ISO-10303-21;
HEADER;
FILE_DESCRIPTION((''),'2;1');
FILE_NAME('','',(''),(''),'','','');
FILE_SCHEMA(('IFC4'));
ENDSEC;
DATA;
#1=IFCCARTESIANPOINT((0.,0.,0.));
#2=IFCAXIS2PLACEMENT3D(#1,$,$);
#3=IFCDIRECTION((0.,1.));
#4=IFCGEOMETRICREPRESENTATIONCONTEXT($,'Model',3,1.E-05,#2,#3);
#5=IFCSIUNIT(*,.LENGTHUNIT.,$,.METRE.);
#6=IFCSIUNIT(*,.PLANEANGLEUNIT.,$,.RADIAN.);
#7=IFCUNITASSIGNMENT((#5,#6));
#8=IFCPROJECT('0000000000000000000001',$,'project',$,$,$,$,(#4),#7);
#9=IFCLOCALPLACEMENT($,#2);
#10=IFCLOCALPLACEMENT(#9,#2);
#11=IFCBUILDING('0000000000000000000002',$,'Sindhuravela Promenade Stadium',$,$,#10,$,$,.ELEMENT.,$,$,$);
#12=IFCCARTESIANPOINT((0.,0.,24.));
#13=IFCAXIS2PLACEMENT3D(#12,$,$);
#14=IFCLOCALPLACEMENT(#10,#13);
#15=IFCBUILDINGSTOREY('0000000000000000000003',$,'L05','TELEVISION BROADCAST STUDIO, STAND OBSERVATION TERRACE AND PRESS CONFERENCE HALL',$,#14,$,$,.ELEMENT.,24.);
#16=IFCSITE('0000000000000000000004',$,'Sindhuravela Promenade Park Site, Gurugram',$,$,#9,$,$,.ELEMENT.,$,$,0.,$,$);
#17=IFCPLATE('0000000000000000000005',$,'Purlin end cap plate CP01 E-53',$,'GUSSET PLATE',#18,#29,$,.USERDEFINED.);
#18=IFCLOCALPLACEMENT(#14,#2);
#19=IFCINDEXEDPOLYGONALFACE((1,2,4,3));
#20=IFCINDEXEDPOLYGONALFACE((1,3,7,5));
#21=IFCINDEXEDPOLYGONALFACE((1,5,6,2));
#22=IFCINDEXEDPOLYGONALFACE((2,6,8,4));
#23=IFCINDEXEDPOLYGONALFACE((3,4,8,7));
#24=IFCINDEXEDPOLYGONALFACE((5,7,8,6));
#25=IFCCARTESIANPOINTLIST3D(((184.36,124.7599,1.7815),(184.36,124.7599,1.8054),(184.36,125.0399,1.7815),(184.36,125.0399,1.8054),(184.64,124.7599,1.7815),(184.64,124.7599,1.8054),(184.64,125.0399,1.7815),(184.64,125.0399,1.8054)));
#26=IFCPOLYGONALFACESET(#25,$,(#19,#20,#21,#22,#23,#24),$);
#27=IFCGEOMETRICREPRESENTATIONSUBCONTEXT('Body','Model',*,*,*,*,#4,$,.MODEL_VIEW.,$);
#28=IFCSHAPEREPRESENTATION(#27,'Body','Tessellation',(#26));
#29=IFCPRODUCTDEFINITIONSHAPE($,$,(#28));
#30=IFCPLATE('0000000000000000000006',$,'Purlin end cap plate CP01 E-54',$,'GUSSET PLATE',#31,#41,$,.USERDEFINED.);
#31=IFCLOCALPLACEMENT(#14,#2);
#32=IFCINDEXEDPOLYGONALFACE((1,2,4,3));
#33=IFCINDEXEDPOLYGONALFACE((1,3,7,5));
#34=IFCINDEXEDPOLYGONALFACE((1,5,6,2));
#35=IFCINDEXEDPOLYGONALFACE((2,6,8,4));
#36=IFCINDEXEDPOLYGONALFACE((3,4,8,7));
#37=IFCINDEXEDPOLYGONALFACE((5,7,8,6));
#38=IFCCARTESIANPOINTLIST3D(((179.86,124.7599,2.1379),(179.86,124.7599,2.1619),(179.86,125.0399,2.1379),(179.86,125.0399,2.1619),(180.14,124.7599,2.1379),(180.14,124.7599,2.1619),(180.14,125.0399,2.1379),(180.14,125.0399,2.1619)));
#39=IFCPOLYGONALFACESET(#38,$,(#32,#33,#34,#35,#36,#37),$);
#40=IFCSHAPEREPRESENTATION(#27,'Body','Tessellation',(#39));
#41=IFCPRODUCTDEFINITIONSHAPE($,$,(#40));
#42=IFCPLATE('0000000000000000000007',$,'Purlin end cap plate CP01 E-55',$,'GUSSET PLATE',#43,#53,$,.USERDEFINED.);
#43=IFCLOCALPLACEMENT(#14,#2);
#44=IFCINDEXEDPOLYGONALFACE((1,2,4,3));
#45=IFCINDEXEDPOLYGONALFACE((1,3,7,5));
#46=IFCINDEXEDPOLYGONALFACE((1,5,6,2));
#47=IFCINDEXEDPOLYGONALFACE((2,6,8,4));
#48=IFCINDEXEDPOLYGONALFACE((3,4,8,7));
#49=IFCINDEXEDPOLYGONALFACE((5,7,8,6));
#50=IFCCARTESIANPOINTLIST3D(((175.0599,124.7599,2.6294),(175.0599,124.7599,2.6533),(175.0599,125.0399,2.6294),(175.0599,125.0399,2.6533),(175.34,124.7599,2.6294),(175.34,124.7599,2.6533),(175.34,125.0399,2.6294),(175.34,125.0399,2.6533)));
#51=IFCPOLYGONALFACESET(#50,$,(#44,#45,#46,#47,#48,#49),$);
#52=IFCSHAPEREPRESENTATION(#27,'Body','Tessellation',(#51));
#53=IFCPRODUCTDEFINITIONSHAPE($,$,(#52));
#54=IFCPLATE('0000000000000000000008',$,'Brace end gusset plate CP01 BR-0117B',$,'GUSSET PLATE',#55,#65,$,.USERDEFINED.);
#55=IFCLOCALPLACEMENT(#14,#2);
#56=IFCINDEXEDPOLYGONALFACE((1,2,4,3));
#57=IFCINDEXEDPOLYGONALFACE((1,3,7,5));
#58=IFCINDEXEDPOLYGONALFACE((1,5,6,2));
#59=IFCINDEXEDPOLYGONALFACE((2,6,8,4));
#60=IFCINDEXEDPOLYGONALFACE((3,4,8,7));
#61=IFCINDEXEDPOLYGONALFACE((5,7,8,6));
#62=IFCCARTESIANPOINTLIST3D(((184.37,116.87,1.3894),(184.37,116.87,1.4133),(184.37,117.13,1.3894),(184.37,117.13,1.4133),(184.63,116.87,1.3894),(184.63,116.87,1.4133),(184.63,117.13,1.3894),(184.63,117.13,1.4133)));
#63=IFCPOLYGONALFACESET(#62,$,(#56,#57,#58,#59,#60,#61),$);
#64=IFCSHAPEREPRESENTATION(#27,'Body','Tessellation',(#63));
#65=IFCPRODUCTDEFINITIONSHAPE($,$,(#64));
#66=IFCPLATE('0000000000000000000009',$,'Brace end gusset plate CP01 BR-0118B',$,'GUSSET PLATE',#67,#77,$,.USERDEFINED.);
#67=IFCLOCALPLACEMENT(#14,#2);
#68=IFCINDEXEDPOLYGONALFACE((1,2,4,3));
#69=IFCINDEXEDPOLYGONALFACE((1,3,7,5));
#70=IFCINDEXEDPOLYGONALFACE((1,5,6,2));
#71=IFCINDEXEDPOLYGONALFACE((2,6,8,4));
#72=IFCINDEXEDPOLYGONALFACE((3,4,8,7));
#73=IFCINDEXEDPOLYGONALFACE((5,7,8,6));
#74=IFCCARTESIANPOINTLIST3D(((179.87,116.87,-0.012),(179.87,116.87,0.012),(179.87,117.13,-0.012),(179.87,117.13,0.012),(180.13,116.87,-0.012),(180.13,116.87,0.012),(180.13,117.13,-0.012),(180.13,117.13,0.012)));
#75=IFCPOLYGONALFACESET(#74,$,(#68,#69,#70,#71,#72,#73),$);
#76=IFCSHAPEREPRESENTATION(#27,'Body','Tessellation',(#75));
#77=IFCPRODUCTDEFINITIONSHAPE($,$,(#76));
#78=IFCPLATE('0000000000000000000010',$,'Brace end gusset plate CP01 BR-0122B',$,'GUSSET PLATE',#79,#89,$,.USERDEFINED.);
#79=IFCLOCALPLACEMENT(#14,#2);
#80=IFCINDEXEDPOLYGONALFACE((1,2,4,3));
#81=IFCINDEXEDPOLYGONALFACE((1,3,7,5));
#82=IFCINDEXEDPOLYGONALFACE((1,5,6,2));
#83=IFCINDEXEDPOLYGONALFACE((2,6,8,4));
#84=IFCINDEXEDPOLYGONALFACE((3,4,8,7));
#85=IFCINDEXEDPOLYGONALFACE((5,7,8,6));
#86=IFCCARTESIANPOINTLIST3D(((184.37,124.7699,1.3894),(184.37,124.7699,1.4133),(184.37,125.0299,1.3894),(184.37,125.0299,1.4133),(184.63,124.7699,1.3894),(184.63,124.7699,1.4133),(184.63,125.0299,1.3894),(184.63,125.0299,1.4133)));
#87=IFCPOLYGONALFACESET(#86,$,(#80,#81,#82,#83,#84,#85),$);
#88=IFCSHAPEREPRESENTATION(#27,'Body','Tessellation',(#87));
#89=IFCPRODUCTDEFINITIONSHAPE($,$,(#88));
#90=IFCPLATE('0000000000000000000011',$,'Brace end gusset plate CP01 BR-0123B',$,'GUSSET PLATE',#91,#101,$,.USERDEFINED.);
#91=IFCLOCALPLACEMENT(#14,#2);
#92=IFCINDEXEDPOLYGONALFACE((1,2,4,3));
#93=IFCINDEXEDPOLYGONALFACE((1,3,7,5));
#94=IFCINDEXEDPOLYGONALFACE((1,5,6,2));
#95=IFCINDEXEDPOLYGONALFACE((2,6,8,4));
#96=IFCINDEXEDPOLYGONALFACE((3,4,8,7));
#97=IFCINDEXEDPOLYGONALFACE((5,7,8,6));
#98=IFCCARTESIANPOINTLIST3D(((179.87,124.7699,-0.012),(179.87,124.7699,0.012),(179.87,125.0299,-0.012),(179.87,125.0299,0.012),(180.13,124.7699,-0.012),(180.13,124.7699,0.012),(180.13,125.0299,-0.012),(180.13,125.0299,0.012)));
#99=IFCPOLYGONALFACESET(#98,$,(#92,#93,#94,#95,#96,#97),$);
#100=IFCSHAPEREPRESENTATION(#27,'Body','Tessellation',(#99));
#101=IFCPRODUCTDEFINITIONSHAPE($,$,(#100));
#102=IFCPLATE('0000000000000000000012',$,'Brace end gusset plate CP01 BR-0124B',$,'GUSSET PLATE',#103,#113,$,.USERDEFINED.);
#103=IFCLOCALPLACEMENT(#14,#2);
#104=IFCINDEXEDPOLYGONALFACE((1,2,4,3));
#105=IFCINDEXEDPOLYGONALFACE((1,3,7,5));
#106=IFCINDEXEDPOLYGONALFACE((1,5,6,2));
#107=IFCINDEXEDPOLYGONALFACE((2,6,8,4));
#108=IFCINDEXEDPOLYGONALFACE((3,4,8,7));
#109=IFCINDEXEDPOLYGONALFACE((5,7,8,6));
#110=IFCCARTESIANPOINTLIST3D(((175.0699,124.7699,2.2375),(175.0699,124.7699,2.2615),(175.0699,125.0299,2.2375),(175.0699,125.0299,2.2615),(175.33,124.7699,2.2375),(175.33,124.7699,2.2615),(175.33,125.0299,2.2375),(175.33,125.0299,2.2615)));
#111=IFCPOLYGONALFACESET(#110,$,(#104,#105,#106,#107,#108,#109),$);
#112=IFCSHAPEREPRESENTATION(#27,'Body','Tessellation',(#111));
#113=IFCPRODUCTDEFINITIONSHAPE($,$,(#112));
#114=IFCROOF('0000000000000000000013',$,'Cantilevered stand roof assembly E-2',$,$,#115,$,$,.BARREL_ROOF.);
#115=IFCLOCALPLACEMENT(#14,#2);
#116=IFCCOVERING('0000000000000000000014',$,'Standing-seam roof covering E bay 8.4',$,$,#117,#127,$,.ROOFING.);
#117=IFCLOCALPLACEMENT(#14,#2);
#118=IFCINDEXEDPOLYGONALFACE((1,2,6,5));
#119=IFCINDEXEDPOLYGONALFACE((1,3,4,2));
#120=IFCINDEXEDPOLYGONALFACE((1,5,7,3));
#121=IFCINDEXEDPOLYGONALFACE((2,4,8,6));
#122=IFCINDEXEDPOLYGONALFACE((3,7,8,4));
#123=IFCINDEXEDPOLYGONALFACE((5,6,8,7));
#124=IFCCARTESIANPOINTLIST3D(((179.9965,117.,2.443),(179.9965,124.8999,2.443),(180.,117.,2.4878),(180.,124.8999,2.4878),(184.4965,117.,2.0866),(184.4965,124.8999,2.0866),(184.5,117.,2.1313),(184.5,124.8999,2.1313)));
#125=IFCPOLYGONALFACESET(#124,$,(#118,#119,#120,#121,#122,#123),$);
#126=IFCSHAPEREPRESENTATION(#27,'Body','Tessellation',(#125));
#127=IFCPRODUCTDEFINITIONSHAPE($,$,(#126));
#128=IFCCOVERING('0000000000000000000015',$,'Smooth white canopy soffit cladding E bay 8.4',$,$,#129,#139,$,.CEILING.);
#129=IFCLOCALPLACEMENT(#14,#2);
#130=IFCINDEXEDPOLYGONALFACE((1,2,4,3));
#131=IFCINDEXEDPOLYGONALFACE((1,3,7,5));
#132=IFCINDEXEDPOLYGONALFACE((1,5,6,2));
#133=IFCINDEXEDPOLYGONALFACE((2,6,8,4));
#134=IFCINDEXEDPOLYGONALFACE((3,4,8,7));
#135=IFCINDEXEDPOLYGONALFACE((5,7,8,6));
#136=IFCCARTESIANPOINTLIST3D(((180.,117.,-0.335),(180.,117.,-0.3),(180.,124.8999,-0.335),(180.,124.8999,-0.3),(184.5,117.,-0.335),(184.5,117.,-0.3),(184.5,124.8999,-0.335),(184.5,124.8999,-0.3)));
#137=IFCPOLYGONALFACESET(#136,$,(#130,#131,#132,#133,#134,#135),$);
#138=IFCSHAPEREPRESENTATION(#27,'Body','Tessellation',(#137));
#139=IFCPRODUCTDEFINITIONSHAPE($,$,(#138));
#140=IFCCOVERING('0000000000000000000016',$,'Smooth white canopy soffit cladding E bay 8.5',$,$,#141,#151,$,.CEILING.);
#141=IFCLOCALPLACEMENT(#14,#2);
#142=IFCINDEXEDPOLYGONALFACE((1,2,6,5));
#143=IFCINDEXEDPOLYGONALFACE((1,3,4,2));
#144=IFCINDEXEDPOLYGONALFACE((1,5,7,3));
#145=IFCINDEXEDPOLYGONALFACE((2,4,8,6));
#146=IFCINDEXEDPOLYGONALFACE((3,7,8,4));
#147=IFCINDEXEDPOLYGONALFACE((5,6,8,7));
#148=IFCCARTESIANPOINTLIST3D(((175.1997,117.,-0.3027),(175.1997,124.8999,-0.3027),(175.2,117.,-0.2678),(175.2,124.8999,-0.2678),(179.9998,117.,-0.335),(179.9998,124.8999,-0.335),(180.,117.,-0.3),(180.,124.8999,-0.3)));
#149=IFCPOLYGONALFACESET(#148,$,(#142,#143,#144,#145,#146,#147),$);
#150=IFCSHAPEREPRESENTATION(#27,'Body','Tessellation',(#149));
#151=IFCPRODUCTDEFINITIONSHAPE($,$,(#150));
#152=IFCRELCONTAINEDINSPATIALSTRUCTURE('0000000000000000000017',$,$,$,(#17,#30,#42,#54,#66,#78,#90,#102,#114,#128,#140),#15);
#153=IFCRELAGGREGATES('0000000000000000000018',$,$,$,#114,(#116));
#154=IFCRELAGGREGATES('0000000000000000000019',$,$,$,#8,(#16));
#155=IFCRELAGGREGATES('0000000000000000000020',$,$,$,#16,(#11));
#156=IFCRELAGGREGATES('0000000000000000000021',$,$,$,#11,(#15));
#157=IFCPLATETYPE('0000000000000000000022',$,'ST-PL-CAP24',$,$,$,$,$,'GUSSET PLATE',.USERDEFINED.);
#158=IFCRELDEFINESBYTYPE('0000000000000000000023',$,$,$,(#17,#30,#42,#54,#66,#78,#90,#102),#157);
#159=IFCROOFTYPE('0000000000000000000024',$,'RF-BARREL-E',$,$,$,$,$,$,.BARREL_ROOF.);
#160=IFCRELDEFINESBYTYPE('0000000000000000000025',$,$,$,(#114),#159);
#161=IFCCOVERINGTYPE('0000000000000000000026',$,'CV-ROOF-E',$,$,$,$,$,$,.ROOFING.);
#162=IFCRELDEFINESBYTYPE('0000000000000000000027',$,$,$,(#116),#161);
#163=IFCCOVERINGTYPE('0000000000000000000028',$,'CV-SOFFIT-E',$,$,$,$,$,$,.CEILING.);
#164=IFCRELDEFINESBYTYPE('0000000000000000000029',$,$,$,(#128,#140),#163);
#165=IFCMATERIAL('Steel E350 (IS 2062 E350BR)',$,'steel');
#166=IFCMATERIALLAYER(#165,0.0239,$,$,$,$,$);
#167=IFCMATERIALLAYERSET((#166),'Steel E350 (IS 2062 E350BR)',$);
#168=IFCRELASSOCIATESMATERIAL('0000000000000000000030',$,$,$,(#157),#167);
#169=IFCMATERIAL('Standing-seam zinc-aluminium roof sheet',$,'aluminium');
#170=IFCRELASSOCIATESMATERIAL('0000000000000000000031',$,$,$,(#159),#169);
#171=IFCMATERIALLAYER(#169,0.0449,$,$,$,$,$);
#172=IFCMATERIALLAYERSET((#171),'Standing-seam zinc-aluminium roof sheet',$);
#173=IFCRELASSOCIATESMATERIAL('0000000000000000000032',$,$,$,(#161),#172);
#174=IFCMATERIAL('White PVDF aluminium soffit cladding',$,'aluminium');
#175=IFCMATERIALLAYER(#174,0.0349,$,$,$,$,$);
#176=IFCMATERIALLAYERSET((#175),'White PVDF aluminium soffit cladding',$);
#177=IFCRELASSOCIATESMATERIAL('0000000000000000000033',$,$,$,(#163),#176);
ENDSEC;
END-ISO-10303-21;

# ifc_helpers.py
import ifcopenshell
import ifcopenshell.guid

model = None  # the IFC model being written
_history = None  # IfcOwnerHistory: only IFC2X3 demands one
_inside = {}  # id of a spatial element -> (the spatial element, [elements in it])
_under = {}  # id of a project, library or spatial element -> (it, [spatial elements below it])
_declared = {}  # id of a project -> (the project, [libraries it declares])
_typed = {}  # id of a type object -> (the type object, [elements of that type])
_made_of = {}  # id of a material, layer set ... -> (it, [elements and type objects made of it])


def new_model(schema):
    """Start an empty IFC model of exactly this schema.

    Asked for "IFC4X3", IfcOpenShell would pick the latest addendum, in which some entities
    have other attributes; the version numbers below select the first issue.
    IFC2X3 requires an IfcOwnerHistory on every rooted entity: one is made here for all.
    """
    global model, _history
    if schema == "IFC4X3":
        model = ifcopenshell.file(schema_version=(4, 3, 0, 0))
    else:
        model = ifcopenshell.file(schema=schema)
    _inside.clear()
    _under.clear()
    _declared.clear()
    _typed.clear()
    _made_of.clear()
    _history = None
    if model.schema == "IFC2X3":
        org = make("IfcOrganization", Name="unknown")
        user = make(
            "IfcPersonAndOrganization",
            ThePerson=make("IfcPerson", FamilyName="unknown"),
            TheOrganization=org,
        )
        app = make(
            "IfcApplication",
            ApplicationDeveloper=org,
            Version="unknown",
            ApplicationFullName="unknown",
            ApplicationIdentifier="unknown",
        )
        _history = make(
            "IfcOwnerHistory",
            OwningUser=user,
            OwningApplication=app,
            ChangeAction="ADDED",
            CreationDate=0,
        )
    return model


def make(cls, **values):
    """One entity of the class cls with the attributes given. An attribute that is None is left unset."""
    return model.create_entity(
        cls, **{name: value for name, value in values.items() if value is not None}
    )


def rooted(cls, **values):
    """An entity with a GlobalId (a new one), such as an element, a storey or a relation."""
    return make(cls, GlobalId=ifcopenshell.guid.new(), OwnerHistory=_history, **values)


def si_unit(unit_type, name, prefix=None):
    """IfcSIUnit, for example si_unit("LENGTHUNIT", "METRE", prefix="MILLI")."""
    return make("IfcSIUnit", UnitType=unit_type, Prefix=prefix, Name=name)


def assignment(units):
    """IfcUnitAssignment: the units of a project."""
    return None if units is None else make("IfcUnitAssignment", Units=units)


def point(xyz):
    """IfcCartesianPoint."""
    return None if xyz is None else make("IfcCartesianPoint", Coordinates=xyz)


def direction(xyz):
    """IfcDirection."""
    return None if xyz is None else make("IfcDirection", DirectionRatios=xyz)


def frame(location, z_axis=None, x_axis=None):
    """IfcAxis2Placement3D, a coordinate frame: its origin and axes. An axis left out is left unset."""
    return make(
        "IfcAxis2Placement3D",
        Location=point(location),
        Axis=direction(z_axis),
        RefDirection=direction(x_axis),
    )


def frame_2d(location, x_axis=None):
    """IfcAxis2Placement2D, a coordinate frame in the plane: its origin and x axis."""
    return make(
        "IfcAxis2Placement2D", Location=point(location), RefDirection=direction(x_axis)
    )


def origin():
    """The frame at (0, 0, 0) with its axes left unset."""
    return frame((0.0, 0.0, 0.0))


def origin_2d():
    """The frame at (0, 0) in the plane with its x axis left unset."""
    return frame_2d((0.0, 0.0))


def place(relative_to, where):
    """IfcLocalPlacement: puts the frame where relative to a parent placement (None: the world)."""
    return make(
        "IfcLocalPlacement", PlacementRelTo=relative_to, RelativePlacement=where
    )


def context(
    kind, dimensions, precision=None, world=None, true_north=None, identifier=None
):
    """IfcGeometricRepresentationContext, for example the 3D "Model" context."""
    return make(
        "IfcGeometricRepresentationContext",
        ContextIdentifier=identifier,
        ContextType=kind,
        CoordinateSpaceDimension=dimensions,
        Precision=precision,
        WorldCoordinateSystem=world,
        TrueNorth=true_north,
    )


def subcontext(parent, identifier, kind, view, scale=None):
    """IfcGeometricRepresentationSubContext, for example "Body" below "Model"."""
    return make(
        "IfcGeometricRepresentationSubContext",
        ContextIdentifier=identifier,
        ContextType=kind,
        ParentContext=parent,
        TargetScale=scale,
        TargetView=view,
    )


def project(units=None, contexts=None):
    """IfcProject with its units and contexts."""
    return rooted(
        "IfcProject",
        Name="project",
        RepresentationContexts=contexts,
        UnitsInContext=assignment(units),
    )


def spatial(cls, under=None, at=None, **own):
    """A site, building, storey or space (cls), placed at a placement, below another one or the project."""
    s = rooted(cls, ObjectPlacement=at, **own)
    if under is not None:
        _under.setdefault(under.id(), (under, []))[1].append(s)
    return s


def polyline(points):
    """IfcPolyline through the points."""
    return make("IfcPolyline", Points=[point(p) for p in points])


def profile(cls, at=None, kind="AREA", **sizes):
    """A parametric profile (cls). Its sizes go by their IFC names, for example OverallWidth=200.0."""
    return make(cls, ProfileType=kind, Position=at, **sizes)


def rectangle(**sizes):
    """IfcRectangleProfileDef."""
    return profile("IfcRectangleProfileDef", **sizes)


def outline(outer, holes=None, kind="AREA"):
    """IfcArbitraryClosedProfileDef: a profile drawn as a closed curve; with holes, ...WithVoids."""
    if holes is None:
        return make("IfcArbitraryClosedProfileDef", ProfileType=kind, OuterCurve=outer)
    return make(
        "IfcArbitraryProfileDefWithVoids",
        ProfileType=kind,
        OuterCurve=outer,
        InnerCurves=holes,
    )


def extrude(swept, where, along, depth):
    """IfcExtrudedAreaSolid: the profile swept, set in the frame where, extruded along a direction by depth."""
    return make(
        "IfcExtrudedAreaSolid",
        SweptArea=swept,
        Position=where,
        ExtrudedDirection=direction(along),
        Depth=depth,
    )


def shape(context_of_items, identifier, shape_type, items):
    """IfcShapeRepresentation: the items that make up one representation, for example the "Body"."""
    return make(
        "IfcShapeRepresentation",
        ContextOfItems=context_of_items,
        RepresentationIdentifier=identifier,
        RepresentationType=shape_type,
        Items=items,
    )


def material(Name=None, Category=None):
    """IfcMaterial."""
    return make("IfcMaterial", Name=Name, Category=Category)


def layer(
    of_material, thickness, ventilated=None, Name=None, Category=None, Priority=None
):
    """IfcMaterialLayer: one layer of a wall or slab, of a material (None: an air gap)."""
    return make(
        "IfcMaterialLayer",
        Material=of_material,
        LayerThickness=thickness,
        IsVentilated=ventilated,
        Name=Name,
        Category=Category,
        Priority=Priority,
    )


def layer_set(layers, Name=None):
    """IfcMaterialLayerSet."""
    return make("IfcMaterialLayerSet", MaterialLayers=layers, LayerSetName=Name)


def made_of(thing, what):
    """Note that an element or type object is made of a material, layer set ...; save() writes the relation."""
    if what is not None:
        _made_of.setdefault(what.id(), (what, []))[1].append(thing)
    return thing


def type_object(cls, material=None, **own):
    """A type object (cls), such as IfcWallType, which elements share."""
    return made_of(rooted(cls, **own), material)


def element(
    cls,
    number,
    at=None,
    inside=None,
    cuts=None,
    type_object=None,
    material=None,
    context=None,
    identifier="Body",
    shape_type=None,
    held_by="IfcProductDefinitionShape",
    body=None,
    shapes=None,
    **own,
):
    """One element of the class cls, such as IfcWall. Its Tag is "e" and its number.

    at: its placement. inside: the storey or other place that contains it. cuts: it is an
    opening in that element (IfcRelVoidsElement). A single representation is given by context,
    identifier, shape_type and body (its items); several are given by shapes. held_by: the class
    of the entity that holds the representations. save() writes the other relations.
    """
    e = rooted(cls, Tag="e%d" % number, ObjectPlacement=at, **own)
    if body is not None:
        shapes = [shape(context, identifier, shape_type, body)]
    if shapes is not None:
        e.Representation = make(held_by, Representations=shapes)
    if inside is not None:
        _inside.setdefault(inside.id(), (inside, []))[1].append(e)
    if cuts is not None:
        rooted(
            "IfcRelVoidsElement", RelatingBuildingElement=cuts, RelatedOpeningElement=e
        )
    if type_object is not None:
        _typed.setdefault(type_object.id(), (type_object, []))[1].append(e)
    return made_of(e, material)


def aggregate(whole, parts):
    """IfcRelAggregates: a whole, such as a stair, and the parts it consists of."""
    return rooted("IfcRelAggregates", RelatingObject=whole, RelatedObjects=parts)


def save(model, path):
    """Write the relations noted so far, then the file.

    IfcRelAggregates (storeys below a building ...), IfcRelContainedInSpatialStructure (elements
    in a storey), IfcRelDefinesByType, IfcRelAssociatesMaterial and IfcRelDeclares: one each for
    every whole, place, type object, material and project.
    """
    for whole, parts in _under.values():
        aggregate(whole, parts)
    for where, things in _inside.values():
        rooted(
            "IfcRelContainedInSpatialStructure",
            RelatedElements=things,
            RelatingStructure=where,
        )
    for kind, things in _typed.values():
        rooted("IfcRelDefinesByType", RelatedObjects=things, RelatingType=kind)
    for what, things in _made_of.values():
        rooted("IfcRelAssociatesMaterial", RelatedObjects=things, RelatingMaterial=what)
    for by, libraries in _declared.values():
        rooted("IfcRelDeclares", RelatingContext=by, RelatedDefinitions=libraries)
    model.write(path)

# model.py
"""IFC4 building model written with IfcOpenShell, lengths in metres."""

from ifc_helpers import new_model, si_unit, direction, frame, origin, origin_2d, place, context, subcontext, project, spatial, polyline, rectangle, outline, extrude, material, layer, layer_set, type_object, element, aggregate, save


model = new_model("IFC4")

# Units and contexts
model_context = context("Model", 3, precision=1e-05, world=origin(), true_north=direction((0.0, 1.0)))
body_context = subcontext(model_context, "Body", "Model", "MODEL_VIEW")
ifc_project = project(units=[si_unit("LENGTHUNIT", "METRE"), si_unit("PLANEANGLEUNIT", "RADIAN")], contexts=[model_context])

# Site, building, storey
site_placement = place(None, origin())
site = spatial("IfcSite", under=ifc_project, at=site_placement, Name="Sindhuravela Promenade Park Site, Gurugram", CompositionType="ELEMENT", RefElevation=0.0)
building_placement = place(site_placement, origin())
building = spatial("IfcBuilding", under=site, at=building_placement, Name="Sindhuravela Promenade Stadium", CompositionType="ELEMENT")
storey_placement = place(building_placement, frame((0.0, 0.0, 24.0)))
storey = spatial("IfcBuildingStorey", under=building, at=storey_placement, Name="L05", Description="TELEVISION BROADCAST STUDIO, STAND OBSERVATION TERRACE AND PRESS CONFERENCE HALL", CompositionType="ELEMENT", Elevation=24.0)

# Shared definitions
ifc_material_1 = material(Name="Steel E350 (IS 2062 E350BR)", Category="steel")

# Plates
ifc_layer_1 = layer(ifc_material_1, 0.0239)
ifc_layer_set_1 = layer_set([ifc_layer_1], Name="Steel E350 (IS 2062 E350BR)")
plate_type = type_object("IfcPlateType", Name="ST-PL-CAP24", ElementType="GUSSET PLATE", PredefinedType="USERDEFINED", material=ifc_layer_set_1)
for number, where, z_axis, x_axis, name in (
    (1, (184.5, 124.8999, 1.7815), (0.0, 0.0, 1.0), (1.0, 0.0, 0.0), "Purlin end cap plate CP01 E-53"),
    (2, (180.0, 124.8999, 2.1379), (0.0, 0.0, 1.0), (1.0, 0.0, 0.0), "Purlin end cap plate CP01 E-54"),
    (3, (175.2, 124.8999, 2.6294), (0.0, 0.0, 1.0), (1.0, 0.0, 0.0), "Purlin end cap plate CP01 E-55"),
):
    element("IfcPlate", number, at=place(storey_placement, frame(where, z_axis=z_axis, x_axis=x_axis)), inside=storey, type_object=plate_type, Name=name, ObjectType="GUSSET PLATE", PredefinedType="USERDEFINED", context=body_context, shape_type="SweptSolid", body=[
        extrude(rectangle(XDim=0.28, YDim=0.28, at=origin_2d()), origin(), (0.0, 0.0, 1.0), 0.0239),
    ])
for number, where, z_axis, x_axis, name in (
    (4, (184.5, 117.0, 1.3894), (0.0, 0.0, 1.0), (1.0, 0.0, 0.0), "Brace end gusset plate CP01 BR-0117B"),
    (5, (180.0, 117.0, -0.012), (0.0, 0.0, 1.0), (1.0, 0.0, 0.0), "Brace end gusset plate CP01 BR-0118B"),
    (6, (184.5, 124.8999, 1.3894), (0.0, 0.0, 1.0), (1.0, 0.0, 0.0), "Brace end gusset plate CP01 BR-0122B"),
    (7, (180.0, 124.8999, -0.012), (0.0, 0.0, 1.0), (1.0, 0.0, 0.0), "Brace end gusset plate CP01 BR-0123B"),
    (8, (175.2, 124.8999, 2.2375), (0.0, 0.0, 1.0), (1.0, 0.0, 0.0), "Brace end gusset plate CP01 BR-0124B"),
):
    element("IfcPlate", number, at=place(storey_placement, frame(where, z_axis=z_axis, x_axis=x_axis)), inside=storey, type_object=plate_type, Name=name, ObjectType="GUSSET PLATE", PredefinedType="USERDEFINED", context=body_context, shape_type="SweptSolid", body=[
        extrude(rectangle(XDim=0.26, YDim=0.26, at=origin_2d()), origin(), (0.0, 0.0, 1.0), 0.0239),
    ])

# Roof, covering
ifc_material_2 = material(Name="Standing-seam zinc-aluminium roof sheet", Category="aluminium")
roof_type = type_object("IfcRoofType", Name="RF-BARREL-E", PredefinedType="BARREL_ROOF", material=ifc_material_2)
roof_placement = place(storey_placement, origin())
roof = element("IfcRoof", 9, at=roof_placement, inside=storey, type_object=roof_type, Name="Cantilevered stand roof assembly E-2", PredefinedType="BARREL_ROOF")
ifc_layer_2 = layer(ifc_material_2, 0.0449)
ifc_layer_set_2 = layer_set([ifc_layer_2], Name="Standing-seam zinc-aluminium roof sheet")
covering_type_1 = type_object("IfcCoveringType", Name="CV-ROOF-E", PredefinedType="ROOFING", material=ifc_layer_set_2)
covering_1_placement = place(storey_placement, frame((184.5, 117.0, 2.1313), z_axis=(0.078963, 0.0, 0.996878), x_axis=(0.0, 1.0, 0.0)))
covering_1 = element("IfcCovering", 10, at=covering_1_placement, type_object=covering_type_1, Name="Standing-seam roof covering E bay 8.4", PredefinedType="ROOFING", context=body_context, shape_type="SweptSolid", body=[
    extrude(outline(polyline([(0.0, 0.0), (7.8999, 0.0), (7.8999, 4.5141), (0.0, 4.5141), (0.0, 0.0)])), origin(), (0.0, 0.0, -1.0), 0.0449),
])
aggregate(roof, [covering_1])

# Coverings
ifc_material_3 = material(Name="White PVDF aluminium soffit cladding", Category="aluminium")
ifc_layer_3 = layer(ifc_material_3, 0.0349)
ifc_layer_set_3 = layer_set([ifc_layer_3], Name="White PVDF aluminium soffit cladding")
covering_type_2 = type_object("IfcCoveringType", Name="CV-SOFFIT-E", PredefinedType="CEILING", material=ifc_layer_set_3)
covering_2_placement = place(storey_placement, frame((184.5, 117.0, -0.3), z_axis=(0.0, 0.0, 1.0), x_axis=(0.0, 1.0, 0.0)))
element("IfcCovering", 11, at=covering_2_placement, inside=storey, type_object=covering_type_2, Name="Smooth white canopy soffit cladding E bay 8.4", PredefinedType="CEILING", context=body_context, shape_type="SweptSolid", body=[
    extrude(outline(polyline([(0.0, 0.0), (7.8999, 0.0), (7.8999, 4.5), (0.0, 4.5), (0.0, 0.0)])), origin(), (0.0, 0.0, -1.0), 0.0349),
])
covering_3_placement = place(storey_placement, frame((180.0, 117.0, -0.3), z_axis=(0.006714, 0.0, 0.999977), x_axis=(0.0, 1.0, 0.0)))
element("IfcCovering", 12, at=covering_3_placement, inside=storey, type_object=covering_type_2, Name="Smooth white canopy soffit cladding E bay 8.5", PredefinedType="CEILING", context=body_context, shape_type="SweptSolid", body=[
    extrude(outline(polyline([(0.0, 0.0), (7.8999, 0.0), (7.8999, 4.8002), (0.0, 4.8002), (0.0, 0.0)])), origin(), (0.0, 0.0, -1.0), 0.0349),
])

save(model, "model.ifc")
